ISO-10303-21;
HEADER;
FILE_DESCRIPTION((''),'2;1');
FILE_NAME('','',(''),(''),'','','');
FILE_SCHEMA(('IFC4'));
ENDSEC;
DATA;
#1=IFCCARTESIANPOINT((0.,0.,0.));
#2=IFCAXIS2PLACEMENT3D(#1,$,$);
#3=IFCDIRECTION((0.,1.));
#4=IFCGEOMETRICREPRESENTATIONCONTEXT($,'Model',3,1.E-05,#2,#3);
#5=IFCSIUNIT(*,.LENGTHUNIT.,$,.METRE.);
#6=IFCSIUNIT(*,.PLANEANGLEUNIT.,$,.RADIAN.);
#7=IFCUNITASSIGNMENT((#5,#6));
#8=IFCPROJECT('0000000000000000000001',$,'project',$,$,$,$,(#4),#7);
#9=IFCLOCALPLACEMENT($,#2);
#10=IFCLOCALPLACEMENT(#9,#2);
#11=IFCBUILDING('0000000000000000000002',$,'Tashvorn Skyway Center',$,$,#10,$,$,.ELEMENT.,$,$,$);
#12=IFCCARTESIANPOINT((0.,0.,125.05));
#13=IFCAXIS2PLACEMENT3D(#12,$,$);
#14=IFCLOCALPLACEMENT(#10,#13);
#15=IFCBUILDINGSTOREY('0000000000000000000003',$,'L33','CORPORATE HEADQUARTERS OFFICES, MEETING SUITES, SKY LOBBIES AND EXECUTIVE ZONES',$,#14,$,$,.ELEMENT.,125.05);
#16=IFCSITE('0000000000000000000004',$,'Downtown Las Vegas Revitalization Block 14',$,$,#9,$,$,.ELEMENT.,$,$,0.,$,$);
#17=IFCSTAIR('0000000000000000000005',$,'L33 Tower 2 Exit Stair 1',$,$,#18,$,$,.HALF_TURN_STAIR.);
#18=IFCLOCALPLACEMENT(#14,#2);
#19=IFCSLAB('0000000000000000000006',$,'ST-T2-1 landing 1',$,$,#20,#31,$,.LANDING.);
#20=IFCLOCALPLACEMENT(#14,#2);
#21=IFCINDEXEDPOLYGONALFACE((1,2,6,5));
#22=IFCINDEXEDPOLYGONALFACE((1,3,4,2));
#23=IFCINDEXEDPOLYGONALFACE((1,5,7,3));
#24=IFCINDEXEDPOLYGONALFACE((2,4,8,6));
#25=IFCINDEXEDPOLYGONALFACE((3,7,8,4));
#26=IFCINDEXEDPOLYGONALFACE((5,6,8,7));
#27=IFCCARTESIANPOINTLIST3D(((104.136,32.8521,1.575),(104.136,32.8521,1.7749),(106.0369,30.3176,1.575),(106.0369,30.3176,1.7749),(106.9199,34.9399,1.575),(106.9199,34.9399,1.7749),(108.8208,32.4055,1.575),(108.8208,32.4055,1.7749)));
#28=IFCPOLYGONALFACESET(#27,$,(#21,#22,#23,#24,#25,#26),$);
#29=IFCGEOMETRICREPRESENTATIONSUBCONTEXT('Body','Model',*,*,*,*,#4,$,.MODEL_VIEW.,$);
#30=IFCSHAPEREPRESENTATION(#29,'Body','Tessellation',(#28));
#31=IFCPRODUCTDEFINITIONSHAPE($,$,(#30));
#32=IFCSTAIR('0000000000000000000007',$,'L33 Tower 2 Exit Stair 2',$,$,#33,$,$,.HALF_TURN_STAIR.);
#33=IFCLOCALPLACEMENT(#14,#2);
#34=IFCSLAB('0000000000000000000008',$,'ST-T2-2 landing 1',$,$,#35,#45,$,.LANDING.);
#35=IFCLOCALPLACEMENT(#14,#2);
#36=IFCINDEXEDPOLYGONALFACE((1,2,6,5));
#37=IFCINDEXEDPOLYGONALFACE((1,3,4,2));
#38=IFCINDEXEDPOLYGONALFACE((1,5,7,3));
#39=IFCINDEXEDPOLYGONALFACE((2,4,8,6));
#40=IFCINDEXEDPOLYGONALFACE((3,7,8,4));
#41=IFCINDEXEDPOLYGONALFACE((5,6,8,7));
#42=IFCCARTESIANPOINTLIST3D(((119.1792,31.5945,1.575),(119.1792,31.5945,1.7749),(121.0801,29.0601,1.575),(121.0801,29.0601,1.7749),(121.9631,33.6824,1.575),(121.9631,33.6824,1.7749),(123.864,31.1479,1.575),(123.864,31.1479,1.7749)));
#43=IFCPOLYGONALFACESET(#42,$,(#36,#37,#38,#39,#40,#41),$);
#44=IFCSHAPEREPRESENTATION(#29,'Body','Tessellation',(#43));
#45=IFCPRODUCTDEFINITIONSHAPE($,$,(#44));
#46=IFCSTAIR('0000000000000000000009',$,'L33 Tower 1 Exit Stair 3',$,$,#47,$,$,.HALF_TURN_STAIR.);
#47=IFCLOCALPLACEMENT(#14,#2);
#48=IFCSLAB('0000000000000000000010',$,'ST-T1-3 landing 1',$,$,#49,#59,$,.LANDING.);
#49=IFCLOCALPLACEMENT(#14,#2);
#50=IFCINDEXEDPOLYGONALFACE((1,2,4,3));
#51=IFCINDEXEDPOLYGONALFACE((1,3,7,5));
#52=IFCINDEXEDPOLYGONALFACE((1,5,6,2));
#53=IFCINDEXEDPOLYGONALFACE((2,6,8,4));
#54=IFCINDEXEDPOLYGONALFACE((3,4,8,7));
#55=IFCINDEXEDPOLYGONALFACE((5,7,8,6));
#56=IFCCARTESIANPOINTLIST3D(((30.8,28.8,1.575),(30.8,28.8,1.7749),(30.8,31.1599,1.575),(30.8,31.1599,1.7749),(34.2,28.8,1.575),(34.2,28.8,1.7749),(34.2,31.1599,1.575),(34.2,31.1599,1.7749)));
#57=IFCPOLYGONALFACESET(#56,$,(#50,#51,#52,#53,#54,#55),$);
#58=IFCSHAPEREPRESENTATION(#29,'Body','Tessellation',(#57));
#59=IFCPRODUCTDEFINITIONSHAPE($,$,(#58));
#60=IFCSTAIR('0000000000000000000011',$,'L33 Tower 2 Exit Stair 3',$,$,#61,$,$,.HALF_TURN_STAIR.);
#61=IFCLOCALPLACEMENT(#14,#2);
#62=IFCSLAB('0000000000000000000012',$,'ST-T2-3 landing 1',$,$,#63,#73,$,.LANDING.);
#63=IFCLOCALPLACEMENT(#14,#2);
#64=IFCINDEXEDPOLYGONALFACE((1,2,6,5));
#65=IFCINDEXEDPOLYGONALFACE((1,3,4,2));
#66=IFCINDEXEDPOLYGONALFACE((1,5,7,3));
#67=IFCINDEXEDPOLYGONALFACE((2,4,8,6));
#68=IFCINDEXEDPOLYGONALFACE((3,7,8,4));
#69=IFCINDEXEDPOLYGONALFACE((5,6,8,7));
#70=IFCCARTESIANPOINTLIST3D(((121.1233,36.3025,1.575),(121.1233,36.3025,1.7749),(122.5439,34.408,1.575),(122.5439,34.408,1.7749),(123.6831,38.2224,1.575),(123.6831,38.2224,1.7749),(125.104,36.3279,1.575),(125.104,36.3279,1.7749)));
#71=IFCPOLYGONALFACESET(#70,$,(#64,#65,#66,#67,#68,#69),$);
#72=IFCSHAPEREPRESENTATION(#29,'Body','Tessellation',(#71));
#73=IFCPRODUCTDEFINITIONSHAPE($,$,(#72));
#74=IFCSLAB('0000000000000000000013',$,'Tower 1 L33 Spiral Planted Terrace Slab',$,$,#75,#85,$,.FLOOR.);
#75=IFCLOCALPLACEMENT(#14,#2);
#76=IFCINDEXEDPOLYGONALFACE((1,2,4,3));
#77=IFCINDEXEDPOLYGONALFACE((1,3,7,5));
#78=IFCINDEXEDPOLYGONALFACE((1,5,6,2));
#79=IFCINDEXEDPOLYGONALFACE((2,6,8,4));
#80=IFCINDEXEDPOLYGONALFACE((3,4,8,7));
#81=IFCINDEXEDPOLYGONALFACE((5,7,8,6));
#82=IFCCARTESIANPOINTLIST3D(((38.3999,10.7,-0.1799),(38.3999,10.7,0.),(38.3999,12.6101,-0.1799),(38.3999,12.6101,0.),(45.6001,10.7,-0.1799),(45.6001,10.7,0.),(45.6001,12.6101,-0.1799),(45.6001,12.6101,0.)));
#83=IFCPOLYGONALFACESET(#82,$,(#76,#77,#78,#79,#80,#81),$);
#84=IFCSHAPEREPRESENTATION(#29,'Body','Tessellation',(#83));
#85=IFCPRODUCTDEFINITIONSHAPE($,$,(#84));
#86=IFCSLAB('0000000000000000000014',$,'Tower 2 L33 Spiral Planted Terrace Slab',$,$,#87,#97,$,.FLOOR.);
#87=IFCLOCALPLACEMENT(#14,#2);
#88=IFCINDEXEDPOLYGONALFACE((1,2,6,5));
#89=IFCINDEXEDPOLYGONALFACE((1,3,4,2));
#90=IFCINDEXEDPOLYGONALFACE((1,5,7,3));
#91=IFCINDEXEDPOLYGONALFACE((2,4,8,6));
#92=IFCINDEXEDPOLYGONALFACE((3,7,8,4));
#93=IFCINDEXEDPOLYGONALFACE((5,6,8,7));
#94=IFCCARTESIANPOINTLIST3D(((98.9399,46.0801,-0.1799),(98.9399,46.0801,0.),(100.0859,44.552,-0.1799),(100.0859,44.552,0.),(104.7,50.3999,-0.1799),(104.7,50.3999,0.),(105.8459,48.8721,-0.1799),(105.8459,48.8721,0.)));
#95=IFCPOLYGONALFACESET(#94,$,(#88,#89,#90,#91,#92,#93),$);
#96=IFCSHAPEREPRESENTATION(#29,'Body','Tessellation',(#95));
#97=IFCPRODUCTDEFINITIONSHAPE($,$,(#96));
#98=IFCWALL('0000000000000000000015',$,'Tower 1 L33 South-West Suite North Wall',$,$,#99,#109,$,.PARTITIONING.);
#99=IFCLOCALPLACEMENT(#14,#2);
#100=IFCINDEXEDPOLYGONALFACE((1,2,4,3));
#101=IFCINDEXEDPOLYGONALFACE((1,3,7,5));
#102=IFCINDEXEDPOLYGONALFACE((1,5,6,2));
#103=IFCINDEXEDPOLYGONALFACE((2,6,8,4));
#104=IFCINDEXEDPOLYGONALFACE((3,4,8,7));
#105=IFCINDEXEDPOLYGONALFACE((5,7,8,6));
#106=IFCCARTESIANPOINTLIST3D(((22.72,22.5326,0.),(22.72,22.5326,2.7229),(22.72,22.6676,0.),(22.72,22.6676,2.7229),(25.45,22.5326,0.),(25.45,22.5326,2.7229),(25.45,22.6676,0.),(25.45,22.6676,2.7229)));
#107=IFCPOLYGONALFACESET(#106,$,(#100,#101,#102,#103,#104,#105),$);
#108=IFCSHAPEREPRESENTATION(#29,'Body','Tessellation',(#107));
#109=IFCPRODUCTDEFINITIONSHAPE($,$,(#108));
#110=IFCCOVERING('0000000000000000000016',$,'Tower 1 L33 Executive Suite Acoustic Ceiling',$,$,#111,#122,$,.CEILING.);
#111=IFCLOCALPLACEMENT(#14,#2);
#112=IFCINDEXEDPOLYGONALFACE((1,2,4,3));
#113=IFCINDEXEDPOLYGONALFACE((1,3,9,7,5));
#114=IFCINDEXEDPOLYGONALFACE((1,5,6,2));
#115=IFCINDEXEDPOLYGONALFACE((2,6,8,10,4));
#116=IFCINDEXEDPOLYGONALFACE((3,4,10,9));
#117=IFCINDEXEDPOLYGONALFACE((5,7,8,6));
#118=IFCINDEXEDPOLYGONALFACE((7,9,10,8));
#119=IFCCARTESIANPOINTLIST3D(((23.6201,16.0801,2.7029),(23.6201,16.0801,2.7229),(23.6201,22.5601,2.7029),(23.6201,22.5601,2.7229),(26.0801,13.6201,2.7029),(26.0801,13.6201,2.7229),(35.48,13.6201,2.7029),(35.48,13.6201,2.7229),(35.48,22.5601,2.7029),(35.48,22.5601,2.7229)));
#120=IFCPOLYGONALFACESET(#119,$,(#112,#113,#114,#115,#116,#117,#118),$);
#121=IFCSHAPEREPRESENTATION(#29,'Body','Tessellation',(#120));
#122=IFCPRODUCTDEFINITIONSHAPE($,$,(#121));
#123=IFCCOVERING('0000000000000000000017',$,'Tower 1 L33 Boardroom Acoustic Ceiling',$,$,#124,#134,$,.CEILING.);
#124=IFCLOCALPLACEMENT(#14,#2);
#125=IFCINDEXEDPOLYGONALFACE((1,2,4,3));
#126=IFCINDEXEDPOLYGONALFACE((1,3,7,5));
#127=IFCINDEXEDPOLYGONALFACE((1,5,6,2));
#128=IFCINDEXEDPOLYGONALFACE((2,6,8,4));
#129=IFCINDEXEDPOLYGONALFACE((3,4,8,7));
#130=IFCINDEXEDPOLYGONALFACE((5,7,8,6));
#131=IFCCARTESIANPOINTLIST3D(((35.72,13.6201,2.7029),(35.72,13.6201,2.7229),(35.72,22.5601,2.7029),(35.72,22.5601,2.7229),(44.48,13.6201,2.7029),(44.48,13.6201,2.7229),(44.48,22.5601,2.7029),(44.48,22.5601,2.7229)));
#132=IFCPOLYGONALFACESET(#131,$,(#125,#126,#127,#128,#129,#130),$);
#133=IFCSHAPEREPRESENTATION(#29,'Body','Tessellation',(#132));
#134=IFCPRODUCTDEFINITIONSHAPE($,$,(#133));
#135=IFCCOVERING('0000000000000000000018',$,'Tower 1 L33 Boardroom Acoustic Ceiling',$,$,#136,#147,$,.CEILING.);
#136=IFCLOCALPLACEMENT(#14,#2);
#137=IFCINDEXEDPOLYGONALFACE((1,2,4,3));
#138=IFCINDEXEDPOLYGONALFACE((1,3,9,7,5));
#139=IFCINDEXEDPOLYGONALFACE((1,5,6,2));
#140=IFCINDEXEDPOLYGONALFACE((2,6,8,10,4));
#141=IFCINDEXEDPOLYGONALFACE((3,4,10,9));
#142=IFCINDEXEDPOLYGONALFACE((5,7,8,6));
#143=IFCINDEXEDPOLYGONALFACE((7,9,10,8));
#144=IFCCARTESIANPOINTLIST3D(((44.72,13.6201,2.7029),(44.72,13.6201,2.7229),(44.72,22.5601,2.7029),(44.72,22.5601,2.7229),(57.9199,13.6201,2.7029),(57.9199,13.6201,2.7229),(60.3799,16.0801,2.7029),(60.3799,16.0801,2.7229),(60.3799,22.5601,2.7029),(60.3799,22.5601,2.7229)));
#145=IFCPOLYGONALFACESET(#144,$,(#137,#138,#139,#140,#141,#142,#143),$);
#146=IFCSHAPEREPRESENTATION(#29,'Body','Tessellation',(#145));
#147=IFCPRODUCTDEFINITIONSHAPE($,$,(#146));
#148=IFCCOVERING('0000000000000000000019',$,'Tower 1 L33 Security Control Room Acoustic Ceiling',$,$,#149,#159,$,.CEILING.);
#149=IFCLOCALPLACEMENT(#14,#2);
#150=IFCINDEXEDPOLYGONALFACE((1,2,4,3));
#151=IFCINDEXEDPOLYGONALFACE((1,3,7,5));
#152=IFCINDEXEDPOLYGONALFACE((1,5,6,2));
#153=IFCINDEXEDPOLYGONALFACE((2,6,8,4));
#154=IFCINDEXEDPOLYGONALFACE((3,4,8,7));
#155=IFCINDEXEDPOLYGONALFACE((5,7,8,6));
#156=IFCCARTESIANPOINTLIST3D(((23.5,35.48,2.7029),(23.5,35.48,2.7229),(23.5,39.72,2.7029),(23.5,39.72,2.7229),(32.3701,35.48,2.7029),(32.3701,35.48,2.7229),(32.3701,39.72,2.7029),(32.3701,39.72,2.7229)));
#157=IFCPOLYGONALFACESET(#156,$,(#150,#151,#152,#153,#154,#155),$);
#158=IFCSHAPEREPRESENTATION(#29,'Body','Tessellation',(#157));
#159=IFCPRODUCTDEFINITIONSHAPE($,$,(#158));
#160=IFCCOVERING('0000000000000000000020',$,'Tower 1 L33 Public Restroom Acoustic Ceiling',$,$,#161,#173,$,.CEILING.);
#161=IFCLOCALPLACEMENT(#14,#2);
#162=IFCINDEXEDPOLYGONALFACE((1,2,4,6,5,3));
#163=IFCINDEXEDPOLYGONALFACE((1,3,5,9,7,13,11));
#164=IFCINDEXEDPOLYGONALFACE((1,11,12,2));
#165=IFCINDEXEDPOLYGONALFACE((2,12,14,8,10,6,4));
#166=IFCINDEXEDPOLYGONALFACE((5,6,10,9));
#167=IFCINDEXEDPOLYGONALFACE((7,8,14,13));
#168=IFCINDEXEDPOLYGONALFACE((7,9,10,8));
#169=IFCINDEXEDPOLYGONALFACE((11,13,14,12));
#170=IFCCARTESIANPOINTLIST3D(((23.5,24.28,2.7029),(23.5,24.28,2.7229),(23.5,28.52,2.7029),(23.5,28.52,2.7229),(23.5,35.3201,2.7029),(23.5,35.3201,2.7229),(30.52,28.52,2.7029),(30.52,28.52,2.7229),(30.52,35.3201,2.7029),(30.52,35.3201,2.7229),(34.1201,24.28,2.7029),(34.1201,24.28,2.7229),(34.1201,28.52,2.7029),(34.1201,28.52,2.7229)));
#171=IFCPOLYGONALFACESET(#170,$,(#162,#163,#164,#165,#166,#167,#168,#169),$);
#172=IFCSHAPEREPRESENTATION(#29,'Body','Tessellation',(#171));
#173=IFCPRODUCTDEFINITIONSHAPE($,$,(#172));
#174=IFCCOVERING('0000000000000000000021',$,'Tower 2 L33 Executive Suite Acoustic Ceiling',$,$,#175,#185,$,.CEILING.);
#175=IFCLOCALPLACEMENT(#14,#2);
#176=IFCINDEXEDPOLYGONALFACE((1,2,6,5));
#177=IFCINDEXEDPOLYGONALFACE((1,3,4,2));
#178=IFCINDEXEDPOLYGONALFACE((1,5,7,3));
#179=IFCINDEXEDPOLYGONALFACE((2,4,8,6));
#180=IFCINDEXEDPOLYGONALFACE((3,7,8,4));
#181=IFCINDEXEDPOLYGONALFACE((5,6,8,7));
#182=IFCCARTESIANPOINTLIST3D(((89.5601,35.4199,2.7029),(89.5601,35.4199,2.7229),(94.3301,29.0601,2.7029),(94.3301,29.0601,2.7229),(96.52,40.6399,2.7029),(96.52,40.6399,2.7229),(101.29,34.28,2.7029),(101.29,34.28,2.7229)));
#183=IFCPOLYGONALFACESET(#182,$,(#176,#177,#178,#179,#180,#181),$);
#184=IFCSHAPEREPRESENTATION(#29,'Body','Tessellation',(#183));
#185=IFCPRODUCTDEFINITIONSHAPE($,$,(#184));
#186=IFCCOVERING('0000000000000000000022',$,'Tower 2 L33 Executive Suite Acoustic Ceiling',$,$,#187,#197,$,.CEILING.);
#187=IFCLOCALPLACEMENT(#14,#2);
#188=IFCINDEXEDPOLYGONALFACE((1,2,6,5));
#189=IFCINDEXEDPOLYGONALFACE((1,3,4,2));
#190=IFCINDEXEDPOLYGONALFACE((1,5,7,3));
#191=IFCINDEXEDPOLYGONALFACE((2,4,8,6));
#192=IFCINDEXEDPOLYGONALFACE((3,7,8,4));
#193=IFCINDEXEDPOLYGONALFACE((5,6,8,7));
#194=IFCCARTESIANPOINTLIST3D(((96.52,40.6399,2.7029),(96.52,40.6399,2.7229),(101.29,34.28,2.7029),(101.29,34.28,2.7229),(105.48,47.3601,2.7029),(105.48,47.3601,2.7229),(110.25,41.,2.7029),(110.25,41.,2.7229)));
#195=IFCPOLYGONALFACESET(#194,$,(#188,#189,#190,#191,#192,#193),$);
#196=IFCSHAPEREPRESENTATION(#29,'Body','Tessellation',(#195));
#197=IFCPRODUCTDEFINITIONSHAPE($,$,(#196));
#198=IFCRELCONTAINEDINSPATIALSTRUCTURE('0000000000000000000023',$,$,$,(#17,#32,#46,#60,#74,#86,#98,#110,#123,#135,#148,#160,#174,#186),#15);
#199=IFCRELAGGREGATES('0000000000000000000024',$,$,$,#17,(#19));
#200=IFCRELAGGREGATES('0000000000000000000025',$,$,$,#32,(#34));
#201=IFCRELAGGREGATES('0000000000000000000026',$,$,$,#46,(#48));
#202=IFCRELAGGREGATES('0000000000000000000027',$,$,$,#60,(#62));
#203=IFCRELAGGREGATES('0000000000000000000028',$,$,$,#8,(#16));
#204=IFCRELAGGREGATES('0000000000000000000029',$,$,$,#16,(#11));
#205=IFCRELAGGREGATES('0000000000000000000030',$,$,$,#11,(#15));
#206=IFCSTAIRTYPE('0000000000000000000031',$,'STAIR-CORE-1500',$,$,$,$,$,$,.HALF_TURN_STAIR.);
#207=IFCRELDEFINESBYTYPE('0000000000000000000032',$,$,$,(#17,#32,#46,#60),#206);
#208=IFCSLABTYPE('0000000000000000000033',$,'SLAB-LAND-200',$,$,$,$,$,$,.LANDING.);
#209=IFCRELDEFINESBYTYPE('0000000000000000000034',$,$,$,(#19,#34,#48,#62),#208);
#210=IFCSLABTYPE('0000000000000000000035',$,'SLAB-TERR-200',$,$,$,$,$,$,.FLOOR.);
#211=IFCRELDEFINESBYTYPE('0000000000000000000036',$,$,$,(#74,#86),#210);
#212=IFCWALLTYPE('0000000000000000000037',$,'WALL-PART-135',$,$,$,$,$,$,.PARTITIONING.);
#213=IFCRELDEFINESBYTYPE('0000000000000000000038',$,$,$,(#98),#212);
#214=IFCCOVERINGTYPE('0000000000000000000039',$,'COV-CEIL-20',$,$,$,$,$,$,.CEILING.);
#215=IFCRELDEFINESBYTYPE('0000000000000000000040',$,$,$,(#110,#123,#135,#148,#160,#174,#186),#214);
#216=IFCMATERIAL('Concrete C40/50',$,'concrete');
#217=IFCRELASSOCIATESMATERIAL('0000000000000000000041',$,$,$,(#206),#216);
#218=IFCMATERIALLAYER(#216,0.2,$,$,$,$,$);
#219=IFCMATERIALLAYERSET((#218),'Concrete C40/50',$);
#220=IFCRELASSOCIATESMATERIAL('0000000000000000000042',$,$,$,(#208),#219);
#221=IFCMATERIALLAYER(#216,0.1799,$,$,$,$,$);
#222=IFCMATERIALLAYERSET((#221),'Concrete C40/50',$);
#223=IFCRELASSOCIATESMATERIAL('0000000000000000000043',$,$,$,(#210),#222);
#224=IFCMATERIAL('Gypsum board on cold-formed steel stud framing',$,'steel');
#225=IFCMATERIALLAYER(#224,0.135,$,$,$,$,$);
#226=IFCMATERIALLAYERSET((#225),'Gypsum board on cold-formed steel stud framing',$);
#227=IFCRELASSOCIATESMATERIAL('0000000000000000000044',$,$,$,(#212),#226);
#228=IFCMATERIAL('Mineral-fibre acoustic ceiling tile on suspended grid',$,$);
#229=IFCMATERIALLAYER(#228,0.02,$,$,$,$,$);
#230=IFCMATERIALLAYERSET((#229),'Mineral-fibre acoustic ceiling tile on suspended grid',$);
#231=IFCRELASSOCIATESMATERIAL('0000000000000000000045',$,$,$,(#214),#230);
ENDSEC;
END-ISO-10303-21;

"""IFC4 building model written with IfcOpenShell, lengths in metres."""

from ifc_helpers import new_model, si_unit, direction, frame, frame_2d, origin, place, context, subcontext, project, spatial, polyline, rectangle, outline, extrude, material, layer, layer_set, type_object, element, aggregate, save


model = new_model("IFC4")

# Units and contexts
model_context = context("Model", 3, precision=1e-05, world=origin(), true_north=direction((0.0, 1.0)))
body_context = subcontext(model_context, "Body", "Model", "MODEL_VIEW")
ifc_project = project(units=[si_unit("LENGTHUNIT", "METRE"), si_unit("PLANEANGLEUNIT", "RADIAN")], contexts=[model_context])

# Site, building, storey
site_placement = place(None, origin())
site = spatial("IfcSite", under=ifc_project, at=site_placement, Name="Downtown Las Vegas Revitalization Block 14", CompositionType="ELEMENT", RefElevation=0.0)
building_placement = place(site_placement, origin())
building = spatial("IfcBuilding", under=site, at=building_placement, Name="Tashvorn Skyway Center", CompositionType="ELEMENT")
storey_placement = place(building_placement, frame((0.0, 0.0, 125.05)))
storey = spatial("IfcBuildingStorey", under=building, at=storey_placement, Name="L33", Description="CORPORATE HEADQUARTERS OFFICES, MEETING SUITES, SKY LOBBIES AND EXECUTIVE ZONES", CompositionType="ELEMENT", Elevation=125.05)

# Shared definitions
ifc_material_1 = material(Name="Concrete C40/50", Category="concrete")

# Stairs, slabs
stair_type = type_object("IfcStairType", Name="STAIR-CORE-1500", PredefinedType="HALF_TURN_STAIR", material=ifc_material_1)
ifc_layer_1 = layer(ifc_material_1, 0.2)
ifc_layer_set_1 = layer_set([ifc_layer_1], Name="Concrete C40/50")
slab_type_1 = type_object("IfcSlabType", Name="SLAB-LAND-200", PredefinedType="LANDING", material=ifc_layer_set_1)
stair_1_placement = place(storey_placement, origin())
stair_1 = element("IfcStair", 1, at=stair_1_placement, inside=storey, type_object=stair_type, Name="L33 Tower 2 Exit Stair 1", PredefinedType="HALF_TURN_STAIR")
slab_1_placement = place(storey_placement, frame((0.0, 0.0, 1.575)))
slab_1 = element("IfcSlab", 2, at=slab_1_placement, type_object=slab_type_1, Name="ST-T2-1 landing 1", PredefinedType="LANDING", context=body_context, shape_type="SweptSolid", body=[
    extrude(outline(polyline([(108.8208, 32.4055), (106.9199, 34.9399), (104.136, 32.8521), (106.0369, 30.3176), (108.8208, 32.4055)])), origin(), (0.0, 0.0, 1.0), 0.2),
])
aggregate(stair_1, [slab_1])
stair_2_placement = place(storey_placement, origin())
stair_2 = element("IfcStair", 3, at=stair_2_placement, inside=storey, type_object=stair_type, Name="L33 Tower 2 Exit Stair 2", PredefinedType="HALF_TURN_STAIR")
slab_2_placement = place(storey_placement, frame((0.0, 0.0, 1.575)))
slab_2 = element("IfcSlab", 4, at=slab_2_placement, type_object=slab_type_1, Name="ST-T2-2 landing 1", PredefinedType="LANDING", context=body_context, shape_type="SweptSolid", body=[
    extrude(outline(polyline([(119.1792, 31.5945), (121.0801, 29.0601), (123.864, 31.1479), (121.9631, 33.6824), (119.1792, 31.5945)])), origin(), (0.0, 0.0, 1.0), 0.2),
])
aggregate(stair_2, [slab_2])
stair_3_placement = place(storey_placement, origin())
stair_3 = element("IfcStair", 5, at=stair_3_placement, inside=storey, type_object=stair_type, Name="L33 Tower 1 Exit Stair 3", PredefinedType="HALF_TURN_STAIR")
slab_3_placement = place(storey_placement, frame((0.0, 0.0, 1.575)))
slab_3 = element("IfcSlab", 6, at=slab_3_placement, type_object=slab_type_1, Name="ST-T1-3 landing 1", PredefinedType="LANDING", context=body_context, shape_type="SweptSolid", body=[
    extrude(outline(polyline([(30.8, 31.1599), (30.8, 28.8), (34.2, 28.8), (34.2, 31.1599), (30.8, 31.1599)])), origin(), (0.0, 0.0, 1.0), 0.2),
])
aggregate(stair_3, [slab_3])
stair_4_placement = place(storey_placement, origin())
stair_4 = element("IfcStair", 7, at=stair_4_placement, inside=storey, type_object=stair_type, Name="L33 Tower 2 Exit Stair 3", PredefinedType="HALF_TURN_STAIR")
slab_4_placement = place(storey_placement, frame((0.0, 0.0, 1.575)))
slab_4 = element("IfcSlab", 8, at=slab_4_placement, type_object=slab_type_1, Name="ST-T2-3 landing 1", PredefinedType="LANDING", context=body_context, shape_type="SweptSolid", body=[
    extrude(outline(polyline([(121.1233, 36.3025), (122.5439, 34.408), (125.104, 36.3279), (123.6831, 38.2224), (121.1233, 36.3025)])), origin(), (0.0, 0.0, 1.0), 0.2),
])
aggregate(stair_4, [slab_4])

# Slabs
ifc_layer_2 = layer(ifc_material_1, 0.1799)
ifc_layer_set_2 = layer_set([ifc_layer_2], Name="Concrete C40/50")
slab_type_2 = type_object("IfcSlabType", Name="SLAB-TERR-200", PredefinedType="FLOOR", material=ifc_layer_set_2)
slab_5_placement = place(storey_placement, frame((0.0, 0.0, -0.1799)))
element("IfcSlab", 9, at=slab_5_placement, inside=storey, type_object=slab_type_2, Name="Tower 1 L33 Spiral Planted Terrace Slab", PredefinedType="FLOOR", context=body_context, shape_type="SweptSolid", body=[
    extrude(outline(polyline([(38.3999, 10.7), (45.6001, 10.7), (45.6001, 12.6101), (38.3999, 12.6101), (38.3999, 10.7)])), origin(), (0.0, 0.0, 1.0), 0.1799),
])
slab_6_placement = place(storey_placement, frame((0.0, 0.0, -0.1799)))
element("IfcSlab", 10, at=slab_6_placement, inside=storey, type_object=slab_type_2, Name="Tower 2 L33 Spiral Planted Terrace Slab", PredefinedType="FLOOR", context=body_context, shape_type="SweptSolid", body=[
    extrude(outline(polyline([(100.0859, 44.552), (105.8459, 48.8721), (104.7, 50.3999), (98.9399, 46.0801), (100.0859, 44.552)])), origin(), (0.0, 0.0, 1.0), 0.1799),
])

# Wall
ifc_material_2 = material(Name="Gypsum board on cold-formed steel stud framing", Category="steel")
ifc_layer_3 = layer(ifc_material_2, 0.135)
ifc_layer_set_3 = layer_set([ifc_layer_3], Name="Gypsum board on cold-formed steel stud framing")
wall_type = type_object("IfcWallType", Name="WALL-PART-135", PredefinedType="PARTITIONING", material=ifc_layer_set_3)
wall_placement = place(storey_placement, frame((22.72, 22.6001, 0.0), z_axis=(0.0, 0.0, 1.0), x_axis=(1.0, 0.0, 0.0)))
element("IfcWall", 11, at=wall_placement, inside=storey, type_object=wall_type, Name="Tower 1 L33 South-West Suite North Wall", PredefinedType="PARTITIONING", context=body_context, shape_type="SweptSolid", body=[
    extrude(rectangle(XDim=2.73, YDim=0.135, at=frame_2d((1.365, 0.0))), origin(), (0.0, 0.0, 1.0), 2.7229),
])

# Coverings
ifc_material_3 = material(Name="Mineral-fibre acoustic ceiling tile on suspended grid")
ifc_layer_4 = layer(ifc_material_3, 0.02)
ifc_layer_set_4 = layer_set([ifc_layer_4], Name="Mineral-fibre acoustic ceiling tile on suspended grid")
covering_type_1 = type_object("IfcCoveringType", Name="COV-CEIL-20", PredefinedType="CEILING", material=ifc_layer_set_4)
covering_1_placement = place(storey_placement, frame((0.0, 0.0, 2.7029)))
element("IfcCovering", 12, at=covering_1_placement, inside=storey, type_object=covering_type_1, Name="Tower 1 L33 Executive Suite Acoustic Ceiling", PredefinedType="CEILING", context=body_context, shape_type="SweptSolid", body=[
    extrude(outline(polyline([(23.6201, 22.5601), (35.48, 22.5601), (35.48, 13.6201), (26.0801, 13.6201), (23.6201, 16.0801), (23.6201, 22.5601)])), origin(), (0.0, 0.0, 1.0), 0.02),
])
covering_2_placement = place(storey_placement, frame((0.0, 0.0, 2.7029)))
element("IfcCovering", 13, at=covering_2_placement, inside=storey, type_object=covering_type_1, Name="Tower 1 L33 Boardroom Acoustic Ceiling", PredefinedType="CEILING", context=body_context, shape_type="SweptSolid", body=[
    extrude(outline(polyline([(35.72, 22.5601), (44.48, 22.5601), (44.48, 13.6201), (35.72, 13.6201), (35.72, 22.5601)])), origin(), (0.0, 0.0, 1.0), 0.02),
])
covering_3_placement = place(storey_placement, frame((0.0, 0.0, 2.7029)))
element("IfcCovering", 14, at=covering_3_placement, inside=storey, type_object=covering_type_1, Name="Tower 1 L33 Boardroom Acoustic Ceiling", PredefinedType="CEILING", context=body_context, shape_type="SweptSolid", body=[
    extrude(outline(polyline([(44.72, 13.6201), (44.72, 22.5601), (60.3799, 22.5601), (60.3799, 16.0801), (57.9199, 13.6201), (44.72, 13.6201)])), origin(), (0.0, 0.0, 1.0), 0.02),
])
covering_4_placement = place(storey_placement, frame((0.0, 0.0, 2.7029)))
element("IfcCovering", 15, at=covering_4_placement, inside=storey, type_object=covering_type_1, Name="Tower 1 L33 Security Control Room Acoustic Ceiling", PredefinedType="CEILING", context=body_context, shape_type="SweptSolid", body=[
    extrude(outline(polyline([(32.3701, 39.72), (32.3701, 35.48), (23.5, 35.48), (23.5, 39.72), (32.3701, 39.72)])), origin(), (0.0, 0.0, 1.0), 0.02),
])
covering_5_placement = place(storey_placement, frame((0.0, 0.0, 2.7029)))
element("IfcCovering", 16, at=covering_5_placement, inside=storey, type_object=covering_type_1, Name="Tower 1 L33 Public Restroom Acoustic Ceiling", PredefinedType="CEILING", context=body_context, shape_type="SweptSolid", body=[
    extrude(outline(polyline([(34.1201, 24.28), (23.5, 24.28), (23.5, 28.52), (23.5, 35.3201), (30.52, 35.3201), (30.52, 28.52), (34.1201, 28.52), (34.1201, 24.28)])), origin(), (0.0, 0.0, 1.0), 0.02),
])
covering_6_placement = place(storey_placement, frame((0.0, 0.0, 2.7029)))
element("IfcCovering", 17, at=covering_6_placement, inside=storey, type_object=covering_type_1, Name="Tower 2 L33 Executive Suite Acoustic Ceiling", PredefinedType="CEILING", context=body_context, shape_type="SweptSolid", body=[
    extrude(outline(polyline([(94.3301, 29.0601), (101.29, 34.28), (96.52, 40.6399), (89.5601, 35.4199), (94.3301, 29.0601)])), origin(), (0.0, 0.0, 1.0), 0.02),
])
covering_7_placement = place(storey_placement, frame((0.0, 0.0, 2.7029)))
element("IfcCovering", 18, at=covering_7_placement, inside=storey, type_object=covering_type_1, Name="Tower 2 L33 Executive Suite Acoustic Ceiling", PredefinedType="CEILING", context=body_context, shape_type="SweptSolid", body=[
    extrude(outline(polyline([(101.29, 34.28), (110.25, 41.0), (105.48, 47.3601), (96.52, 40.6399), (101.29, 34.28)])), origin(), (0.0, 0.0, 1.0), 0.02),
])

save(model, "model.ifc")
